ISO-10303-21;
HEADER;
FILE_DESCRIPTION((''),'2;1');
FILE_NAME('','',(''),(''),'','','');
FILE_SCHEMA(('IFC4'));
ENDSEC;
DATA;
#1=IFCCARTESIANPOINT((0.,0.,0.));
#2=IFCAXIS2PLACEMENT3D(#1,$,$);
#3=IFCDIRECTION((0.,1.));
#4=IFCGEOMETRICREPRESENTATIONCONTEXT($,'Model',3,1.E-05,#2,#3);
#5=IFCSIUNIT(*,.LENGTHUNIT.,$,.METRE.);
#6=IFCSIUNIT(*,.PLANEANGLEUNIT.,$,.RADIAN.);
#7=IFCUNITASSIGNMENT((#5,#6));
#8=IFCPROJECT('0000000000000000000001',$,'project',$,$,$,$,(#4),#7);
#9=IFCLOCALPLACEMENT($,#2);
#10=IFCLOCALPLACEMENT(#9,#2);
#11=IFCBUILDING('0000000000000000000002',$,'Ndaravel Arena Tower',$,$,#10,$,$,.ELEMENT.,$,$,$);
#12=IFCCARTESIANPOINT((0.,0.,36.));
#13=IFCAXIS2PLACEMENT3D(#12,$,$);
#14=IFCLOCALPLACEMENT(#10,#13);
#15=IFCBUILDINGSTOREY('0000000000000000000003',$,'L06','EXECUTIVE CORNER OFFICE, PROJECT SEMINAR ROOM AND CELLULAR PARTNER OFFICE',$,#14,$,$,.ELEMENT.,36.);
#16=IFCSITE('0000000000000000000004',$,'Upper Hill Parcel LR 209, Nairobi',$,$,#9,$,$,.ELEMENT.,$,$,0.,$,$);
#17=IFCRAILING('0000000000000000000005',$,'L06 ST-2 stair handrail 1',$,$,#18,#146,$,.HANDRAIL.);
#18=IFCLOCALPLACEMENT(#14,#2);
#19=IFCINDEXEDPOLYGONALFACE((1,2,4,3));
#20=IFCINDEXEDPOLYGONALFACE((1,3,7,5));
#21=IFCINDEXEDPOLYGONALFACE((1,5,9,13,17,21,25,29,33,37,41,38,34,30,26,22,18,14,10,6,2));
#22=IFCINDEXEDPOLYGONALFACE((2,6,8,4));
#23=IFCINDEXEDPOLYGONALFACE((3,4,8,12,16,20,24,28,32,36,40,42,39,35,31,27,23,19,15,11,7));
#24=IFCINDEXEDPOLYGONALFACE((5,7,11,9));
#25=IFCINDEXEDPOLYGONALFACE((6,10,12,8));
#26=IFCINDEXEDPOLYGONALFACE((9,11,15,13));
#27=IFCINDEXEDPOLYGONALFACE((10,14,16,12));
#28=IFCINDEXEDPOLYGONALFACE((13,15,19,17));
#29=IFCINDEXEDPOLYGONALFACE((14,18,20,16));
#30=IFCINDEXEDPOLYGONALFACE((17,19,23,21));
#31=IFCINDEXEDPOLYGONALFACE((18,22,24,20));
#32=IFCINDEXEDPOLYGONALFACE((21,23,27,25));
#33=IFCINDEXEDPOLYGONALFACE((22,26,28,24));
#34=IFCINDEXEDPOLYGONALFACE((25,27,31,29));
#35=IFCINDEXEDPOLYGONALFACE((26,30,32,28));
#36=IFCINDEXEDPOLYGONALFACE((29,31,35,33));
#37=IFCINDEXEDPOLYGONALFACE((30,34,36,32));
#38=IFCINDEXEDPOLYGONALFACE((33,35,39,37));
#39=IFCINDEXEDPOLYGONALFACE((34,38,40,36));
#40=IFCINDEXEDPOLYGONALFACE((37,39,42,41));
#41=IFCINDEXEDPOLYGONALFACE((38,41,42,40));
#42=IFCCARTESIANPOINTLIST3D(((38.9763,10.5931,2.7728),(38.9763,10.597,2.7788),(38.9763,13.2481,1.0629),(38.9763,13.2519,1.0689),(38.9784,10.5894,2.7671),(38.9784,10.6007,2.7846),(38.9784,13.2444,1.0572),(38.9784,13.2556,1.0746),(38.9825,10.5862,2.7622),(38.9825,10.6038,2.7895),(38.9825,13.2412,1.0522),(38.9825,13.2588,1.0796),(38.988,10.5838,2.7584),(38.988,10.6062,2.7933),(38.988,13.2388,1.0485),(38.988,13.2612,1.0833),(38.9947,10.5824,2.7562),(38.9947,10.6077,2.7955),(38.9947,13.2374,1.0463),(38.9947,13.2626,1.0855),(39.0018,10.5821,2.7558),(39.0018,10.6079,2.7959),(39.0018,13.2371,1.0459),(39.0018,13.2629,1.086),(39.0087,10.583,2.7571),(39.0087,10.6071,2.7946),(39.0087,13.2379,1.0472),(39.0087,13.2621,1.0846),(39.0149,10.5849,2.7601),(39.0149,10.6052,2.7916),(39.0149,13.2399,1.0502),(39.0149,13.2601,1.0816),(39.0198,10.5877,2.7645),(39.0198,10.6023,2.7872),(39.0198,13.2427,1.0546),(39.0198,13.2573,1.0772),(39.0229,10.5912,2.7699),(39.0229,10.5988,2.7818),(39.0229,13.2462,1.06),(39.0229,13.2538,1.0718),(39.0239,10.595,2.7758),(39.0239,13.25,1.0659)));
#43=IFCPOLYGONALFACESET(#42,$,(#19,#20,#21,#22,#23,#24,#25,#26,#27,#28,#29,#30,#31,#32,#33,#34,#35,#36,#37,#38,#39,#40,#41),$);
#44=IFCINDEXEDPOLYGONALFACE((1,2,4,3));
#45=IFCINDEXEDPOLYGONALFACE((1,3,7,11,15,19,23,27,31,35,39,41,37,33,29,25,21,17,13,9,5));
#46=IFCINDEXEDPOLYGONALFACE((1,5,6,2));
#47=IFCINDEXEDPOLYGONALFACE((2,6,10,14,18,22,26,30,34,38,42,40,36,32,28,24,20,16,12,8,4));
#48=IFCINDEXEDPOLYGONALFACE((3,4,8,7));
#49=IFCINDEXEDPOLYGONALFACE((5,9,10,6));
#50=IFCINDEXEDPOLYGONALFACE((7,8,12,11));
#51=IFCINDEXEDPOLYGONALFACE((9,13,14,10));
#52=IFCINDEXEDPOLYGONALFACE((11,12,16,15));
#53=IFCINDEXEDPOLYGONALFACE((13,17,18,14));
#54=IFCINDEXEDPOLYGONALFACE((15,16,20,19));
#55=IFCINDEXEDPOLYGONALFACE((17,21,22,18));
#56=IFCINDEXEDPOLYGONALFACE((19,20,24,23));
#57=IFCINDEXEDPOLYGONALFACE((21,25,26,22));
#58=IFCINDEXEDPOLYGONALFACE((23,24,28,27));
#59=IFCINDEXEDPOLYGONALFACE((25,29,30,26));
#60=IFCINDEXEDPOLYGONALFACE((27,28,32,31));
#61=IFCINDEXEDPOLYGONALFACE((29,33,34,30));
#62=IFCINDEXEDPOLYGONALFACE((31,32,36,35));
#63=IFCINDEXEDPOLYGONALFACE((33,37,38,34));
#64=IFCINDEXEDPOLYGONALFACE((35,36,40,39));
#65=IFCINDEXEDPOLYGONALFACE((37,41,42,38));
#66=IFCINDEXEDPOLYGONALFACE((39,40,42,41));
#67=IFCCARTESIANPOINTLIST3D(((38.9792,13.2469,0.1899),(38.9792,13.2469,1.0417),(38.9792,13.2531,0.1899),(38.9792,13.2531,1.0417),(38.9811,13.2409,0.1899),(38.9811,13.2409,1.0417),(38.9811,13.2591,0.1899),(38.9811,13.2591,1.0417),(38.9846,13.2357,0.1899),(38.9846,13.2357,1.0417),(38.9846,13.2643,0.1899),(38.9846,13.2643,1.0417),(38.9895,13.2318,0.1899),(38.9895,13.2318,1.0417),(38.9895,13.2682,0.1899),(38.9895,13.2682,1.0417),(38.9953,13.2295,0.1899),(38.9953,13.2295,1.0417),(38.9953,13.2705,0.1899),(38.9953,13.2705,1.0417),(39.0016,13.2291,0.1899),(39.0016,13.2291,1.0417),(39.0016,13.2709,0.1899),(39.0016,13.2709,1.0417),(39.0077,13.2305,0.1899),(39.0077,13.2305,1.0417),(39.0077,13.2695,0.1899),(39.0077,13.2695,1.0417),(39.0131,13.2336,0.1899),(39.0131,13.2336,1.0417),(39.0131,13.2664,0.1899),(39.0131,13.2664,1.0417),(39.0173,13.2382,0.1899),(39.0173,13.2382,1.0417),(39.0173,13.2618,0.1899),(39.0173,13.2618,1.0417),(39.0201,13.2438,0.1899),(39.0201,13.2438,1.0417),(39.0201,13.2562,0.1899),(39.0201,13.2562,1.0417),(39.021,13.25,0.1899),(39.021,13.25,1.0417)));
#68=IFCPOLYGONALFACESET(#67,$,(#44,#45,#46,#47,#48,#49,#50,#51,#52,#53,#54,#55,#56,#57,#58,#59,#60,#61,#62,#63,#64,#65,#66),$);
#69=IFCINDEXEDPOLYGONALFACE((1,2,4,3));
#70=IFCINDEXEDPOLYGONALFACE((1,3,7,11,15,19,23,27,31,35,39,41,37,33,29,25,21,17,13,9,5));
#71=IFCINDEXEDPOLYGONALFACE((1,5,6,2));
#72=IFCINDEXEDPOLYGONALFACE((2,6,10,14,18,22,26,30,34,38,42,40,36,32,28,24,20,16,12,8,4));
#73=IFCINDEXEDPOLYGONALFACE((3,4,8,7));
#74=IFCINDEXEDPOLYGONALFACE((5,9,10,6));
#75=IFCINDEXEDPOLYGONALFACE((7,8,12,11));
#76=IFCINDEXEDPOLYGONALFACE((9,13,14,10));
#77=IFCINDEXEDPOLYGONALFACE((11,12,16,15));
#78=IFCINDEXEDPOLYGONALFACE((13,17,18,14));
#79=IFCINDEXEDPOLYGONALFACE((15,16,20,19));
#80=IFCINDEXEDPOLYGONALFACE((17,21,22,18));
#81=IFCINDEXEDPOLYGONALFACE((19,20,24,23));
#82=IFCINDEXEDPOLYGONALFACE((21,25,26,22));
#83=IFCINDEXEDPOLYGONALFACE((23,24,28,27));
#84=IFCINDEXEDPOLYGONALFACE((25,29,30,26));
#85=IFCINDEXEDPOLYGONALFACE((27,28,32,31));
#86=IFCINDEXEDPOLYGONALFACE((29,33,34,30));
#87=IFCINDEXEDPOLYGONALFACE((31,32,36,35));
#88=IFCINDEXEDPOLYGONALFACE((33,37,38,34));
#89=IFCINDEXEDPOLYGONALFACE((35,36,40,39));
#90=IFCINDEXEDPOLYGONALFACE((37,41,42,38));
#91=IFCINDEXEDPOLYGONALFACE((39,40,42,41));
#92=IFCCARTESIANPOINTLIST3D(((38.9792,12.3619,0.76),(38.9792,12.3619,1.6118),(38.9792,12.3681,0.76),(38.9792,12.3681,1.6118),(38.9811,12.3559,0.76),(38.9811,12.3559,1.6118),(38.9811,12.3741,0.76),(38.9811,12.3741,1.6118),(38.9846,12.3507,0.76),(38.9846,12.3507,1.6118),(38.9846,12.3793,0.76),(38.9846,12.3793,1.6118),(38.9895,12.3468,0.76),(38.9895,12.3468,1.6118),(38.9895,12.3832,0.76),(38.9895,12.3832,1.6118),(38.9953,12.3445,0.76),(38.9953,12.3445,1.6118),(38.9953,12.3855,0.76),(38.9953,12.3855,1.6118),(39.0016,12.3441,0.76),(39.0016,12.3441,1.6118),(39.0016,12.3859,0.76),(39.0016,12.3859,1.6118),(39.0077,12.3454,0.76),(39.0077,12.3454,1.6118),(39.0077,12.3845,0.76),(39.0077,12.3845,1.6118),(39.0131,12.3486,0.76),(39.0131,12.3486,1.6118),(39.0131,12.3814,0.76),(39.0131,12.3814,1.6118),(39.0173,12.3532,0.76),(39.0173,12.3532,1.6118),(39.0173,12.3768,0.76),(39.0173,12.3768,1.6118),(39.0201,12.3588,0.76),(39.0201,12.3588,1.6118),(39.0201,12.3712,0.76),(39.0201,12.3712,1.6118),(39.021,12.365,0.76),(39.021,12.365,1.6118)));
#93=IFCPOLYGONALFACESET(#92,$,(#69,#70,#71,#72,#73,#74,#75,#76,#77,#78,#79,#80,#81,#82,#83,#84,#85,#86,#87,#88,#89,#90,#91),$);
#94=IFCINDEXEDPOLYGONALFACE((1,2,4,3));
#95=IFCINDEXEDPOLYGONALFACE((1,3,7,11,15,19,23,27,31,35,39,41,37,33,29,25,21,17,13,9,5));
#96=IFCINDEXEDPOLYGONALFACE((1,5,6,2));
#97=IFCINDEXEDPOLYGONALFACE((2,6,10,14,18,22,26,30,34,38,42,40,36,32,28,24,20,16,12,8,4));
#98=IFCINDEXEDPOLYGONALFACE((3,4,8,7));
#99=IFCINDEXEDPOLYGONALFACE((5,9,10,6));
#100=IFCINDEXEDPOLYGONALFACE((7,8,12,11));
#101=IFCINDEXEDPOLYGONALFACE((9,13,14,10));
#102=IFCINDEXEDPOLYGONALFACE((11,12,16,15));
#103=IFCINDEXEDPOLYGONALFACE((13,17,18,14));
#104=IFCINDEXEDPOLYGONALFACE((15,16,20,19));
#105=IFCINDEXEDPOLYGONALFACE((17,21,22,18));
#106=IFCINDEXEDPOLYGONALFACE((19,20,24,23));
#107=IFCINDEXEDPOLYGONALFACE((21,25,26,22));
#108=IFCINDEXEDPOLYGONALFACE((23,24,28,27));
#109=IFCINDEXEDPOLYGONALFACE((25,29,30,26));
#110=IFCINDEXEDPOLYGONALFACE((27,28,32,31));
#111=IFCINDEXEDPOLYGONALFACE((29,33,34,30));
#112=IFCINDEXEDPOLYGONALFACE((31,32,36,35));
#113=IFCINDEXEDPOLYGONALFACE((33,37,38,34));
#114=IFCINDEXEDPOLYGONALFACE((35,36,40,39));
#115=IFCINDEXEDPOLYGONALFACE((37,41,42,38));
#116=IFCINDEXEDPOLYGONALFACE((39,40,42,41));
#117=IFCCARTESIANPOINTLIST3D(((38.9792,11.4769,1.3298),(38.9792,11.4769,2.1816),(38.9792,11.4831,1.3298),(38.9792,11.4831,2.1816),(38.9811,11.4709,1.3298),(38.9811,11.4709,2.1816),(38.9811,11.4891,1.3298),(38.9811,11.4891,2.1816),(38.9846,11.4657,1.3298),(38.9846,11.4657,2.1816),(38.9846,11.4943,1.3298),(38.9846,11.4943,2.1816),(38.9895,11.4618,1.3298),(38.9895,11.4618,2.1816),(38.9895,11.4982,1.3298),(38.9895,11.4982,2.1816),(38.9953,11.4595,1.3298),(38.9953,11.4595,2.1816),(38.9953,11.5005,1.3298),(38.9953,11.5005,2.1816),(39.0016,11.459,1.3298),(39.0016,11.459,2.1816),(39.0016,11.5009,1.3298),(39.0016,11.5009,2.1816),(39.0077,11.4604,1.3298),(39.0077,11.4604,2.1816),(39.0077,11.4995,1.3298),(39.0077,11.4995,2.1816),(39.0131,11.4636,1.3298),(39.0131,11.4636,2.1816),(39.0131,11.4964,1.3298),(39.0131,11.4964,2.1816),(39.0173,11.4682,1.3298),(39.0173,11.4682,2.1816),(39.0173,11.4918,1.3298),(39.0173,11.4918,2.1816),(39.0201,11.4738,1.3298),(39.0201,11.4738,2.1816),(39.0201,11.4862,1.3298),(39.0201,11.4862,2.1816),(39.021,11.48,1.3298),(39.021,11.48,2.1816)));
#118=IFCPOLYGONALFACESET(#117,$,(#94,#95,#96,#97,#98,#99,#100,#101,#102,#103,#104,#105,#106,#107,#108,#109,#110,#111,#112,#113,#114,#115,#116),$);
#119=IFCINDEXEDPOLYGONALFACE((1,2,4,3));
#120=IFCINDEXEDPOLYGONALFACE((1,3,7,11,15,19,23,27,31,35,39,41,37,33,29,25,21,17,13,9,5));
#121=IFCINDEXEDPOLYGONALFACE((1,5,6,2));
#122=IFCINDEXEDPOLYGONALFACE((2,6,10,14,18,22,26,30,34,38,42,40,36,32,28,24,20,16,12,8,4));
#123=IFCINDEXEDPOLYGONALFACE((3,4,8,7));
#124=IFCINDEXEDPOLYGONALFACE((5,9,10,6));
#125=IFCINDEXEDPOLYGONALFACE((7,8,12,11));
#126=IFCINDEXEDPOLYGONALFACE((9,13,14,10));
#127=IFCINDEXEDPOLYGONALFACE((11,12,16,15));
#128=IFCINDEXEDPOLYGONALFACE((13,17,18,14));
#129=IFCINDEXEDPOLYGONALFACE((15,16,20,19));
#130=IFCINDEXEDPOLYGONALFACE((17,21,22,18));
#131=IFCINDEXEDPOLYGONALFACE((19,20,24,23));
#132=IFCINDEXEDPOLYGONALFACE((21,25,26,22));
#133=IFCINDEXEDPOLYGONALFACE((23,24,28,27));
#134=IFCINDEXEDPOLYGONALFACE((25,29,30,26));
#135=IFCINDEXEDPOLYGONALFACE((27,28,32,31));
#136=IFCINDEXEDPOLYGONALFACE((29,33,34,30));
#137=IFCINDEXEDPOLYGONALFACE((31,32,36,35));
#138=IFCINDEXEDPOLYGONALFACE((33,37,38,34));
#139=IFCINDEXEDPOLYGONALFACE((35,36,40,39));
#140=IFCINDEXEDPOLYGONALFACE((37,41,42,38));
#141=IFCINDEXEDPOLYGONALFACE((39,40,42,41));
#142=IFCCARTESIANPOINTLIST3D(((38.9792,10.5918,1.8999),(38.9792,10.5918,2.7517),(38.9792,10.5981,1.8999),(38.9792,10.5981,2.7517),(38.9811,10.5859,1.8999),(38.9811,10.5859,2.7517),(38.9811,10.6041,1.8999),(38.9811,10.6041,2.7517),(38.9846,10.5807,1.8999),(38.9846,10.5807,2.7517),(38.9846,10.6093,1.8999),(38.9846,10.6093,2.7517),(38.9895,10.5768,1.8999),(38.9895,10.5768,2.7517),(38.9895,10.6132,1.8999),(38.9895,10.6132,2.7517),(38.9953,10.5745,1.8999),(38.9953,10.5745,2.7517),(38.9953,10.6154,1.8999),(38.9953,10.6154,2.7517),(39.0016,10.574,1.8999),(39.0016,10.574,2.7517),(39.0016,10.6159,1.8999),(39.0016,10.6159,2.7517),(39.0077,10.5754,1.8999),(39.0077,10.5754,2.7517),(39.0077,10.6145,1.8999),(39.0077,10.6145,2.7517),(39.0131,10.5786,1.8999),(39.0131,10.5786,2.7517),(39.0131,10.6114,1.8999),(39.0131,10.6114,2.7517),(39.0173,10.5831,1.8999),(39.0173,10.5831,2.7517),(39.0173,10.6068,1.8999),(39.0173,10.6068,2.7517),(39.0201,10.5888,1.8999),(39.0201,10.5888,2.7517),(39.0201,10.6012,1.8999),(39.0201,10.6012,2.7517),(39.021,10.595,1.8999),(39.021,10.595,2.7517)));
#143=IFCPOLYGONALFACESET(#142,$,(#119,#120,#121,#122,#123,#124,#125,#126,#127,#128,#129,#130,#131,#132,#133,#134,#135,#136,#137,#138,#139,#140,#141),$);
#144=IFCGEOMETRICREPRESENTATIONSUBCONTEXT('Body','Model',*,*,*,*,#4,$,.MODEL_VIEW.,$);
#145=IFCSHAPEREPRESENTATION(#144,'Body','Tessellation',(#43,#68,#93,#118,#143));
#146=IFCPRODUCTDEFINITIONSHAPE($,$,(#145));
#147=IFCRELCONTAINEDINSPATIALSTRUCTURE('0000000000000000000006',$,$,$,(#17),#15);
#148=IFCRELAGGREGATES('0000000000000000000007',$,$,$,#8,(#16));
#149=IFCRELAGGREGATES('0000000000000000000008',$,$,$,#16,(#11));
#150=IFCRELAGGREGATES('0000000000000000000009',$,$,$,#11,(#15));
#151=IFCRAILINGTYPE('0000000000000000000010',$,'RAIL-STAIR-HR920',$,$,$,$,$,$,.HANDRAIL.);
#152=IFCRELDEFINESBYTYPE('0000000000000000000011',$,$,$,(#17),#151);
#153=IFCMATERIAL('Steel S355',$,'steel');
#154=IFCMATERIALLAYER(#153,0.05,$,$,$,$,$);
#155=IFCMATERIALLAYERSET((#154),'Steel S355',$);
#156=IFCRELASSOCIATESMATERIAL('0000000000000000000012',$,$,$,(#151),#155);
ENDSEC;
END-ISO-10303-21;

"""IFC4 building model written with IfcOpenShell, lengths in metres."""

from ifc_helpers import new_model, si_unit, direction, frame, origin, origin_2d, place, context, subcontext, project, spatial, circle, extrude, material, layer, layer_set, type_object, element, save


model = new_model("IFC4")

# Units and contexts
model_context = context("Model", 3, precision=1e-05, world=origin(), true_north=direction((0.0, 1.0)))
body_context = subcontext(model_context, "Body", "Model", "MODEL_VIEW")
ifc_project = project(units=[si_unit("LENGTHUNIT", "METRE"), si_unit("PLANEANGLEUNIT", "RADIAN")], contexts=[model_context])

# Site, building, storey
site_placement = place(None, origin())
site = spatial("IfcSite", under=ifc_project, at=site_placement, Name="Upper Hill Parcel LR 209, Nairobi", CompositionType="ELEMENT", RefElevation=0.0)
building_placement = place(site_placement, origin())
building = spatial("IfcBuilding", under=site, at=building_placement, Name="Ndaravel Arena Tower", CompositionType="ELEMENT")
storey_placement = place(building_placement, frame((0.0, 0.0, 36.0)))
storey = spatial("IfcBuildingStorey", under=building, at=storey_placement, Name="L06", Description="EXECUTIVE CORNER OFFICE, PROJECT SEMINAR ROOM AND CELLULAR PARTNER OFFICE", CompositionType="ELEMENT", Elevation=36.0)

# Railing
ifc_material_1 = material(Name="Steel S355", Category="steel")
ifc_layer_1 = layer(ifc_material_1, 0.05)
ifc_layer_set_1 = layer_set([ifc_layer_1], Name="Steel S355")
railing_type_1 = type_object("IfcRailingType", Name="RAIL-STAIR-HR920", PredefinedType="HANDRAIL", material=ifc_layer_set_1)
railing_1_placement = place(storey_placement, frame((39.0, 13.25, 0.1899)))
element("IfcRailing", 1, at=railing_1_placement, inside=storey, type_object=railing_type_1, Name="L06 ST-2 stair handrail 1", PredefinedType="HANDRAIL", context=body_context, shape_type="SweptSolid", body=[
    extrude(circle(Radius=0.0239, at=origin_2d()), frame((0.0, 0.0, 0.876), z_axis=(0.0, -0.840724, 0.541465), x_axis=(1.0, 0.0, 0.0)), (0.0, 0.0, 1.0), 3.158),
    extrude(circle(Radius=0.021, at=origin_2d()), origin(), (0.0, 0.0, 1.0), 0.8518),
    extrude(circle(Radius=0.021, at=origin_2d()), frame((0.0, -0.885, 0.5701)), (0.0, 0.0, 1.0), 0.8518),
    extrude(circle(Radius=0.021, at=origin_2d()), frame((0.0, -1.77, 1.1399)), (0.0, 0.0, 1.0), 0.8518),
    extrude(circle(Radius=0.021, at=origin_2d()), frame((0.0, -2.655, 1.71)), (0.0, 0.0, 1.0), 0.8518),
])

save(model, "model.ifc")
